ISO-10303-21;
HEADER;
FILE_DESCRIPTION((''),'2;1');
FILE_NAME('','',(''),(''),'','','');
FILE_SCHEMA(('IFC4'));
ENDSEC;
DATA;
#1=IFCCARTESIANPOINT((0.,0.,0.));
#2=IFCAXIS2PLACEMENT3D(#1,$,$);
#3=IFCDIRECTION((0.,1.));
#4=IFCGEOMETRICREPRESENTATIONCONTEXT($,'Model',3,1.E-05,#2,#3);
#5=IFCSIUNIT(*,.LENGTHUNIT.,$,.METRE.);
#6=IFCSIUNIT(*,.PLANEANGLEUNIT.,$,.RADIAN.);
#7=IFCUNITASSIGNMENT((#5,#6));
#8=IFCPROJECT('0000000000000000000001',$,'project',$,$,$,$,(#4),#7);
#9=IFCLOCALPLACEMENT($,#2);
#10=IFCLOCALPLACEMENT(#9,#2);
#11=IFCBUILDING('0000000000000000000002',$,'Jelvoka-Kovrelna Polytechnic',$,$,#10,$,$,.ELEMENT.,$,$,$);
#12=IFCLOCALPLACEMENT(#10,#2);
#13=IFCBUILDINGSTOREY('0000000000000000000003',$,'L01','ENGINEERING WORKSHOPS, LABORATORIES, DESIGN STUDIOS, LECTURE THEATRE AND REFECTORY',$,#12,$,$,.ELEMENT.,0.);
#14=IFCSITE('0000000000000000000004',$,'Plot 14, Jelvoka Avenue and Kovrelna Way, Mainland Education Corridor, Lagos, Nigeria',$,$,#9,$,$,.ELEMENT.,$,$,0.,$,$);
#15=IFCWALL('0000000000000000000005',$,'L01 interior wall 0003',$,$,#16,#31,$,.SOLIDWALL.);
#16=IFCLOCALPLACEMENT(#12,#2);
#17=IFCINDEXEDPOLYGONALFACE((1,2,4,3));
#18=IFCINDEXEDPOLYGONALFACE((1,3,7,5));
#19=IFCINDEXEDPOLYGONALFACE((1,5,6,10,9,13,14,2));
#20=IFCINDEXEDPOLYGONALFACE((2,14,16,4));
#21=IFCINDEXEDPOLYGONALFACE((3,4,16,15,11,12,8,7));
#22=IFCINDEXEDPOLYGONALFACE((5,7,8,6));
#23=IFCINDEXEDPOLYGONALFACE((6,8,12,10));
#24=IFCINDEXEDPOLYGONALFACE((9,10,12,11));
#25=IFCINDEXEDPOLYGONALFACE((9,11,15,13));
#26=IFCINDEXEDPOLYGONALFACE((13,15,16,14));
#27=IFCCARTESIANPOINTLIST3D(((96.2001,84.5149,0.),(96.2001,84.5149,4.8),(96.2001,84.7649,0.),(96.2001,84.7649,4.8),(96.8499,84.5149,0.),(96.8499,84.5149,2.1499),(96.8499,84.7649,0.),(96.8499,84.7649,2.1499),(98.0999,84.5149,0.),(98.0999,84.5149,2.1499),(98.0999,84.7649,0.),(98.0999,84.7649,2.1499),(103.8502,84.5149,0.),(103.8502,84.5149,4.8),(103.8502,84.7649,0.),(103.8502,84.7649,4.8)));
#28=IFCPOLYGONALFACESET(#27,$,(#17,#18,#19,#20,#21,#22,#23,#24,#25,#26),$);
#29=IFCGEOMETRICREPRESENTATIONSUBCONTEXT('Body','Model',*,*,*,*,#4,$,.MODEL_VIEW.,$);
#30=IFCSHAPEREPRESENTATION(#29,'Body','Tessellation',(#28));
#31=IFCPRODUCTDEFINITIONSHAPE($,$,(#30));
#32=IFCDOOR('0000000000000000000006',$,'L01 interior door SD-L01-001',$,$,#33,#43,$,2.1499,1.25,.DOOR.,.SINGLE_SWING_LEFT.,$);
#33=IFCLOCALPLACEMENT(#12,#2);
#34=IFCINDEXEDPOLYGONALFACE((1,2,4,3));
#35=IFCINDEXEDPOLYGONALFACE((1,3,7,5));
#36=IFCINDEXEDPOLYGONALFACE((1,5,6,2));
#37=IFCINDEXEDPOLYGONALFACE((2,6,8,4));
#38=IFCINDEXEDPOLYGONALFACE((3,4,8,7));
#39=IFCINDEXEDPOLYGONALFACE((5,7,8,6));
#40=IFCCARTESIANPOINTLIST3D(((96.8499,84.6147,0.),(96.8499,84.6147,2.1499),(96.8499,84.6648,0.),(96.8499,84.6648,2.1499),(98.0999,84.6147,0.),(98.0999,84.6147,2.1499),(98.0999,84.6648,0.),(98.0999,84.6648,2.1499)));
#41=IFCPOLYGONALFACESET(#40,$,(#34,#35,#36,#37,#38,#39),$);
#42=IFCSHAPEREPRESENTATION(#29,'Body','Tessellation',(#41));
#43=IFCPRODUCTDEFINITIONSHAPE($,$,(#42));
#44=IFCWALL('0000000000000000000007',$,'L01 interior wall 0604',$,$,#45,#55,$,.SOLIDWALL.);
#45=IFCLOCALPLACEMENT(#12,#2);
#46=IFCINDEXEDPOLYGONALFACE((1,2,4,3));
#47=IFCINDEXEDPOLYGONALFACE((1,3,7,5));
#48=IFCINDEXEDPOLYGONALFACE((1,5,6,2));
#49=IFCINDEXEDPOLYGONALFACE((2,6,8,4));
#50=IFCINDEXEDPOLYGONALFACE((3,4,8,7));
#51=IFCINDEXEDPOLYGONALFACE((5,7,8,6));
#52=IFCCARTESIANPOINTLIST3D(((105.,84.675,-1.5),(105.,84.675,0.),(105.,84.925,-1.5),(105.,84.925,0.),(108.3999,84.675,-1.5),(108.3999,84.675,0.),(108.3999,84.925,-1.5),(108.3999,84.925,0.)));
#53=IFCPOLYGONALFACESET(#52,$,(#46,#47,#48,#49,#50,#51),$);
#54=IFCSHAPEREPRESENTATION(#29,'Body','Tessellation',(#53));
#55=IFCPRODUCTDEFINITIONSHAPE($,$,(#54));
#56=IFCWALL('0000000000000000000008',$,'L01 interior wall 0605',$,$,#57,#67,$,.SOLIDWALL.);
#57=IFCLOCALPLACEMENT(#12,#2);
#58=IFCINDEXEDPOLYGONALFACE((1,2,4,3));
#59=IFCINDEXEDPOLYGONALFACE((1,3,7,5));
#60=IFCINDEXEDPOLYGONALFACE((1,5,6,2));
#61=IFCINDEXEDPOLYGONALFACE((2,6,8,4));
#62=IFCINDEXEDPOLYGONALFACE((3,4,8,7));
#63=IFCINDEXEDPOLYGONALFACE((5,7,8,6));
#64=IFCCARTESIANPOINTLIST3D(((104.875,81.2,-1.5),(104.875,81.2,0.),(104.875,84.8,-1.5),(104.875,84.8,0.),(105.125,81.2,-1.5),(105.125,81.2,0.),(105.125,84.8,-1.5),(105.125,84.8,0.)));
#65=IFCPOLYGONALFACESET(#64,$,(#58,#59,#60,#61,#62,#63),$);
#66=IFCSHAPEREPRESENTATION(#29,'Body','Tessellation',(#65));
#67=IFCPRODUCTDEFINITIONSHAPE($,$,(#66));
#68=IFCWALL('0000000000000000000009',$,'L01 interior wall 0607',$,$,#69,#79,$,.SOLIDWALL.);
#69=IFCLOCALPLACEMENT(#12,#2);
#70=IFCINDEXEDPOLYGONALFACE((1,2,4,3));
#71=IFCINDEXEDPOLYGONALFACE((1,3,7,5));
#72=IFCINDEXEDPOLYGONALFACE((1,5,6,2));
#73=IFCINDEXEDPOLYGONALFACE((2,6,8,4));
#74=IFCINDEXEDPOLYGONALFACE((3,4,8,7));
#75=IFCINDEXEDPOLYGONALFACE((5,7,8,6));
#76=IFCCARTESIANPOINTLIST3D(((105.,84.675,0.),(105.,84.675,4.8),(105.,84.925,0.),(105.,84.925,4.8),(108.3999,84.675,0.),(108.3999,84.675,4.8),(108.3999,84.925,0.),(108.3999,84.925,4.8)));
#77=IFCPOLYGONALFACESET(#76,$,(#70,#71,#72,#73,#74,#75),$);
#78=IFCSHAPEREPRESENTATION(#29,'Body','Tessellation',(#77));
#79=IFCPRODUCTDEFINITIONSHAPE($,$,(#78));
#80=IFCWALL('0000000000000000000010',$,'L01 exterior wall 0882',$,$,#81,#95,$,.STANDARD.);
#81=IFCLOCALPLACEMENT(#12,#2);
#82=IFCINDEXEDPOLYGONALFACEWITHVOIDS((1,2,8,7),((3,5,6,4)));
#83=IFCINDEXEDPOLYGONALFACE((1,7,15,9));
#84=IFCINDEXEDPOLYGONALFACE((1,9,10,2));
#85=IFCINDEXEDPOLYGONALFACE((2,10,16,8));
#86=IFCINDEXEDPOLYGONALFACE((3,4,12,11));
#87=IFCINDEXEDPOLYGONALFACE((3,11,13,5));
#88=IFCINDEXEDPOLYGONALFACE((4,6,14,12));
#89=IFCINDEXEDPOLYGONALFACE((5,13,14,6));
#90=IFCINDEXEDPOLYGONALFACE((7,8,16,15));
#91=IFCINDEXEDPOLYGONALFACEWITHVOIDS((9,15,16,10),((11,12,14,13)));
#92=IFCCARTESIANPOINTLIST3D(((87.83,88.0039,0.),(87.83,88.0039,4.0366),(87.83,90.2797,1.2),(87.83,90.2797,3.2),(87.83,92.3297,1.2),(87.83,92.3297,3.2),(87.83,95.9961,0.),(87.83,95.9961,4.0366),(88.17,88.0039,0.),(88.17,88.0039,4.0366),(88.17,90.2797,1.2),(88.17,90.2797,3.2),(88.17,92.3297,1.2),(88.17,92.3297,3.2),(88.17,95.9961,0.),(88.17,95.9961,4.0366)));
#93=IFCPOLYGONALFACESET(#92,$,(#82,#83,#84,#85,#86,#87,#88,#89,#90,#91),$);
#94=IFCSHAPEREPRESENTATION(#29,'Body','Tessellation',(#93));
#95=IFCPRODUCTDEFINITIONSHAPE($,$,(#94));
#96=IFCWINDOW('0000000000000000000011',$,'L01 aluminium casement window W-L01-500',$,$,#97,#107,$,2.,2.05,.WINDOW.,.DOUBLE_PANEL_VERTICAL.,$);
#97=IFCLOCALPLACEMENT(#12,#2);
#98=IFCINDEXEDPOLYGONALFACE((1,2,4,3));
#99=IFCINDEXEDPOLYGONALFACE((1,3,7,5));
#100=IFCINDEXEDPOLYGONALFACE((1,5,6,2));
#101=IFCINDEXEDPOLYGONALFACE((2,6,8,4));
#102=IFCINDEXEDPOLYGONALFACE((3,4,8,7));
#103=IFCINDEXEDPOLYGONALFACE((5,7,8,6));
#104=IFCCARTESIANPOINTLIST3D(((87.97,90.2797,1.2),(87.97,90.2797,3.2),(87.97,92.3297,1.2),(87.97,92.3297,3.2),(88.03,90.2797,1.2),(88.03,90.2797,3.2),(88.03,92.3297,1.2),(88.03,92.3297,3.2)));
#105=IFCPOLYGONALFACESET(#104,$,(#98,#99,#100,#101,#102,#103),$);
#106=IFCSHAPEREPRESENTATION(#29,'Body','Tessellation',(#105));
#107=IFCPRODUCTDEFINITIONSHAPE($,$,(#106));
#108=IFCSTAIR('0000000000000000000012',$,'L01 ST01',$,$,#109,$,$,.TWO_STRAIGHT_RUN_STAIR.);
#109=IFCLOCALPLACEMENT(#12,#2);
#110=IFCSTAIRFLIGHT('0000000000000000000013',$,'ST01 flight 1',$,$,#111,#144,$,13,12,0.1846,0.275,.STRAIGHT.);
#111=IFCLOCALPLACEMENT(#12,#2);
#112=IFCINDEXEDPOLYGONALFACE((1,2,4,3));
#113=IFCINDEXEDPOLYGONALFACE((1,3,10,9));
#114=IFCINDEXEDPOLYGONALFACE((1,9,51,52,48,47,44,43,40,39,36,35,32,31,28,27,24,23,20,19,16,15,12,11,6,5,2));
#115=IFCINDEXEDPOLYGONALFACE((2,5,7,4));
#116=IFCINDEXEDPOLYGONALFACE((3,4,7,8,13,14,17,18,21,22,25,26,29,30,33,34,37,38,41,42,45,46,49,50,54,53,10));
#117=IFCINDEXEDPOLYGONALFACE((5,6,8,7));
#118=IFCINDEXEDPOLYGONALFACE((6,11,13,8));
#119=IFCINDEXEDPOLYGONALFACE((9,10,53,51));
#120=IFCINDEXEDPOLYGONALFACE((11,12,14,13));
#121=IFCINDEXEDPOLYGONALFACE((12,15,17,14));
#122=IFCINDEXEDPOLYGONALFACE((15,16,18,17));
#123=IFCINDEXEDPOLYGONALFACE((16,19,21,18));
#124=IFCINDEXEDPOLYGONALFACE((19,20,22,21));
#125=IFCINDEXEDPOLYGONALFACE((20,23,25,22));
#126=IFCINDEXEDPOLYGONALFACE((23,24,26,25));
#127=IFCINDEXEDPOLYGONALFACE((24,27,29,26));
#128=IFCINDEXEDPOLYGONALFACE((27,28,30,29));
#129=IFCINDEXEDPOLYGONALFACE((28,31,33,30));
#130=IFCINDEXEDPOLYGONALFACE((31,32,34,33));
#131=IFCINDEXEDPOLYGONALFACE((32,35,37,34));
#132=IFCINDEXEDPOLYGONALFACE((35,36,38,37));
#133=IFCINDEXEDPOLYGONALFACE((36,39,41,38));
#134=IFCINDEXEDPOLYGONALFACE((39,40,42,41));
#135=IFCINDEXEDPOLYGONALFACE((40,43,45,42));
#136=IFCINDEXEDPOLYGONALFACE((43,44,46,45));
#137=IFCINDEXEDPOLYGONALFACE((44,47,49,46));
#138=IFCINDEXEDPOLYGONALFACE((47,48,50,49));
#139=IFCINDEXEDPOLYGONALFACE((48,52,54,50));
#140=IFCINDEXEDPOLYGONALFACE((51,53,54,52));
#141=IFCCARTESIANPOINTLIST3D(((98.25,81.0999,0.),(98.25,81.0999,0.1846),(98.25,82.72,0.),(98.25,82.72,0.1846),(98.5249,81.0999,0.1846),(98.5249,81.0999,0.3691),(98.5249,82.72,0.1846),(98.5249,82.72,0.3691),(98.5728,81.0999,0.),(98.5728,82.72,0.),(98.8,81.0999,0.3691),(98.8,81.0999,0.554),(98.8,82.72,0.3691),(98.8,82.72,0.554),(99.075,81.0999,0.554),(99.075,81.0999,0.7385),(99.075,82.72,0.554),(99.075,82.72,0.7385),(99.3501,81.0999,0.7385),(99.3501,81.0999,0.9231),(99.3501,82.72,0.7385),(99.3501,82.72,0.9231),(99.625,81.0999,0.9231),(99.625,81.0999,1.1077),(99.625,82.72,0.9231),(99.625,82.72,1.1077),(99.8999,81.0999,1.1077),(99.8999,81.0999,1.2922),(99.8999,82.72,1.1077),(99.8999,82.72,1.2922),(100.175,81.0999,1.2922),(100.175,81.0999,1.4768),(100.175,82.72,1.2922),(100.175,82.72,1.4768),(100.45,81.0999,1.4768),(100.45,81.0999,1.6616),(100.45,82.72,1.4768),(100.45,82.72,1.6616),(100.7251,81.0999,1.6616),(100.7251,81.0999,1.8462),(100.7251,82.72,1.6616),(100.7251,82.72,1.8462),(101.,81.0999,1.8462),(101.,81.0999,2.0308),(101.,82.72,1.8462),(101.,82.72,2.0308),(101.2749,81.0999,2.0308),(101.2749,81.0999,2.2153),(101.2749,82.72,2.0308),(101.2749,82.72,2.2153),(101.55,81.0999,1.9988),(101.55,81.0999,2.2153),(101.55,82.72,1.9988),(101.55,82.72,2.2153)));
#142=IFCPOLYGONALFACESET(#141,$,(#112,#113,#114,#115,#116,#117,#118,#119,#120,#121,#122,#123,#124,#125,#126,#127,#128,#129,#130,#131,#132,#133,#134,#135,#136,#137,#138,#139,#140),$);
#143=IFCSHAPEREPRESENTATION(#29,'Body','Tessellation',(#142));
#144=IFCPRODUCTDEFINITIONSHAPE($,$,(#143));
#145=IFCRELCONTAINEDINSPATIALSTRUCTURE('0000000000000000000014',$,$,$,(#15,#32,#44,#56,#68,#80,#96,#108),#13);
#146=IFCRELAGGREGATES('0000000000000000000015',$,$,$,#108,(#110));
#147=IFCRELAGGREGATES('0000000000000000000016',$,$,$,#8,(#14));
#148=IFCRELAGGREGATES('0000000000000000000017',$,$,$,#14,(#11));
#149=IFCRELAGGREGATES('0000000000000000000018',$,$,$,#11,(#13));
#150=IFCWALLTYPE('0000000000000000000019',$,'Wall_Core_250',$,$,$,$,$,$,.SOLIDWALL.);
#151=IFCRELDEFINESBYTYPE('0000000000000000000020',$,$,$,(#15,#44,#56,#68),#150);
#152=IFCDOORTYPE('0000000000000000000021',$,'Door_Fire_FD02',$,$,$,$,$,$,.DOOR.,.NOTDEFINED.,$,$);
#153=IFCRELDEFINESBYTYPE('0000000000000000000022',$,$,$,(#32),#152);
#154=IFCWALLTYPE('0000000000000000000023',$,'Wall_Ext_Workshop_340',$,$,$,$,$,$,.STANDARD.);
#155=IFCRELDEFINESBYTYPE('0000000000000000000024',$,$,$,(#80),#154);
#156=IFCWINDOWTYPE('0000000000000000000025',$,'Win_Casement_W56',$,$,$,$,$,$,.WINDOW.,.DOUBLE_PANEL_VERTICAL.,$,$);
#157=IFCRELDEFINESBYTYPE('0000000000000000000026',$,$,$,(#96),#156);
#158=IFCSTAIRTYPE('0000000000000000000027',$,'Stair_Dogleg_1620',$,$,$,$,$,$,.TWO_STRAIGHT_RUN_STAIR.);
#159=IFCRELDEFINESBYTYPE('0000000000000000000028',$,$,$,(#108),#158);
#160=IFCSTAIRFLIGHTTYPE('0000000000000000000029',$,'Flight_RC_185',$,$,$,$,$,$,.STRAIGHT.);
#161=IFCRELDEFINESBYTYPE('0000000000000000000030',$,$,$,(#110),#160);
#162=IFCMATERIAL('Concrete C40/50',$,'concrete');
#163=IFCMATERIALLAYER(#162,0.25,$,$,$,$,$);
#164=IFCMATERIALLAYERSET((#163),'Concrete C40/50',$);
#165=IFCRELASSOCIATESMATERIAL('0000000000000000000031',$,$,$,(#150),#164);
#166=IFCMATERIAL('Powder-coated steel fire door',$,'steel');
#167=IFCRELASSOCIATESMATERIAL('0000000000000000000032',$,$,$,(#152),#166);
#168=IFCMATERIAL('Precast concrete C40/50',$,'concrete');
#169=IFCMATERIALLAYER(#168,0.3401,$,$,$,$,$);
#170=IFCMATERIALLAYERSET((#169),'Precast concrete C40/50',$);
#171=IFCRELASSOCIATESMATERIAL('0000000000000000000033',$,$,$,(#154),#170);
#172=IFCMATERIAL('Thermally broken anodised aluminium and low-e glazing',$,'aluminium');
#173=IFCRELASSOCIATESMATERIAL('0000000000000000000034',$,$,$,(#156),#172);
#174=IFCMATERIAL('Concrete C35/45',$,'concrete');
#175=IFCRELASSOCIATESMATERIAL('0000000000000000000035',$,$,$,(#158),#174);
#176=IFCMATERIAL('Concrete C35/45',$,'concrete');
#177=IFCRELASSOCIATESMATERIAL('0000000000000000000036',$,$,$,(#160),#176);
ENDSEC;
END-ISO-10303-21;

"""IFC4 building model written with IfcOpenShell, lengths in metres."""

from ifc_helpers import new_model, si_unit, direction, frame, frame_2d, origin, place, context, subcontext, project, spatial, polyline, rectangle, outline, extrude, material, layer, layer_set, type_object, element, fill, aggregate, save


model = new_model("IFC4")

# Units and contexts
model_context = context("Model", 3, precision=1e-05, world=origin(), true_north=direction((0.0, 1.0)))
body_context = subcontext(model_context, "Body", "Model", "MODEL_VIEW")
ifc_project = project(units=[si_unit("LENGTHUNIT", "METRE"), si_unit("PLANEANGLEUNIT", "RADIAN")], contexts=[model_context])

# Site, building, storey
site_placement = place(None, origin())
site = spatial("IfcSite", under=ifc_project, at=site_placement, Name="Plot 14, Jelvoka Avenue and Kovrelna Way, Mainland Education Corridor, Lagos, Nigeria", CompositionType="ELEMENT", RefElevation=0.0)
building_placement = place(site_placement, origin())
building = spatial("IfcBuilding", under=site, at=building_placement, Name="Jelvoka-Kovrelna Polytechnic", CompositionType="ELEMENT")
storey_placement = place(building_placement, origin())
storey = spatial("IfcBuildingStorey", under=building, at=storey_placement, Name="L01", Description="ENGINEERING WORKSHOPS, LABORATORIES, DESIGN STUDIOS, LECTURE THEATRE AND REFECTORY", CompositionType="ELEMENT", Elevation=0.0)

# Wall, opening, door
ifc_material_1 = material(Name="Concrete C40/50", Category="concrete")
ifc_layer_1 = layer(ifc_material_1, 0.25)
ifc_layer_set_1 = layer_set([ifc_layer_1], Name="Concrete C40/50")
wall_type_1 = type_object("IfcWallType", Name="Wall_Core_250", PredefinedType="SOLIDWALL", material=ifc_layer_set_1)
wall_1_placement = place(storey_placement, frame((96.2, 84.6399, 0.0), z_axis=(0.0, 0.0, 1.0), x_axis=(1.0, 0.0, 0.0)))
wall_1 = element("IfcWall", 1, at=wall_1_placement, inside=storey, type_object=wall_type_1, Name="L01 interior wall 0003", PredefinedType="SOLIDWALL", context=body_context, shape_type="SweptSolid", body=[
    extrude(rectangle(XDim=7.6501, YDim=0.25, at=frame_2d((3.8252, 0.0))), origin(), (0.0, 0.0, 1.0), 4.8),
])
opening_1_placement = place(wall_1_placement, frame((0.6499, 0.0, 0.0)))
opening_1 = element("IfcOpeningElement", 2, at=opening_1_placement, cuts=wall_1, PredefinedType="OPENING", context=body_context, shape_type="SweptSolid", body=[
    extrude(rectangle(XDim=1.25, YDim=2.1499, at=frame_2d((0.625, 1.075))), frame((0.0, 0.135, 0.0), z_axis=(0.0, -1.0, 0.0), x_axis=(1.0, 0.0, 0.0)), (0.0, 0.0, 1.0), 0.27),
])
ifc_material_2 = material(Name="Powder-coated steel fire door", Category="steel")
door_type_1 = type_object("IfcDoorType", Name="Door_Fire_FD02", OperationType="NOTDEFINED", PredefinedType="DOOR", material=ifc_material_2)
door_1_placement = place(opening_1_placement, origin())
door_1 = element("IfcDoor", 3, at=door_1_placement, inside=storey, type_object=door_type_1, Name="L01 interior door SD-L01-001", OperationType="SINGLE_SWING_LEFT", OverallHeight=2.1499, OverallWidth=1.25, PredefinedType="DOOR", context=body_context, shape_type="SweptSolid", body=[
    extrude(rectangle(XDim=1.25, YDim=2.1499, at=frame_2d((0.625, 1.075))), frame((0.0, 0.0249, 0.0), z_axis=(0.0, -1.0, 0.0), x_axis=(1.0, 0.0, 0.0)), (0.0, 0.0, 1.0), 0.05),
])
fill(opening_1, door_1)

# Walls
wall_2_placement = place(storey_placement, frame((108.3999, 84.8, -1.5), z_axis=(0.0, 0.0, 1.0), x_axis=(-1.0, 0.0, 0.0)))
element("IfcWall", 4, at=wall_2_placement, inside=storey, type_object=wall_type_1, Name="L01 interior wall 0604", PredefinedType="SOLIDWALL", context=body_context, shape_type="SweptSolid", body=[
    extrude(rectangle(XDim=3.3999, YDim=0.25, at=frame_2d((1.7, 0.0))), origin(), (0.0, 0.0, 1.0), 1.5),
])
wall_3_placement = place(storey_placement, frame((105.0, 84.8, -1.5), z_axis=(0.0, 0.0, 1.0), x_axis=(0.0, -1.0, 0.0)))
element("IfcWall", 5, at=wall_3_placement, inside=storey, type_object=wall_type_1, Name="L01 interior wall 0605", PredefinedType="SOLIDWALL", context=body_context, shape_type="SweptSolid", body=[
    extrude(rectangle(XDim=3.6001, YDim=0.25, at=frame_2d((1.8, 0.0))), origin(), (0.0, 0.0, 1.0), 1.5),
])
wall_4_placement = place(storey_placement, frame((105.0, 84.8, 0.0), z_axis=(0.0, 0.0, 1.0), x_axis=(1.0, 0.0, 0.0)))
element("IfcWall", 6, at=wall_4_placement, inside=storey, type_object=wall_type_1, Name="L01 interior wall 0607", PredefinedType="SOLIDWALL", context=body_context, shape_type="SweptSolid", body=[
    extrude(rectangle(XDim=3.3999, YDim=0.25, at=frame_2d((1.7, 0.0))), origin(), (0.0, 0.0, 1.0), 4.8),
])

# Wall, opening, window
ifc_material_3 = material(Name="Precast concrete C40/50", Category="concrete")
ifc_layer_2 = layer(ifc_material_3, 0.3401)
ifc_layer_set_2 = layer_set([ifc_layer_2], Name="Precast concrete C40/50")
wall_type_2 = type_object("IfcWallType", Name="Wall_Ext_Workshop_340", PredefinedType="STANDARD", material=ifc_layer_set_2)
wall_5_placement = place(storey_placement, frame((88.0, 88.0039, 0.0), z_axis=(0.0, 0.0, 1.0), x_axis=(0.0, 1.0, 0.0)))
wall_5 = element("IfcWall", 7, at=wall_5_placement, inside=storey, type_object=wall_type_2, Name="L01 exterior wall 0882", PredefinedType="STANDARD", context=body_context, shape_type="SweptSolid", body=[
    extrude(rectangle(XDim=7.9922, YDim=0.3401, at=frame_2d((3.9961, 0.0))), origin(), (0.0, 0.0, 1.0), 4.0366),
])
opening_2_placement = place(wall_5_placement, frame((2.2759, 0.0, 1.2)))
opening_2 = element("IfcOpeningElement", 8, at=opening_2_placement, cuts=wall_5, PredefinedType="OPENING", context=body_context, shape_type="SweptSolid", body=[
    extrude(rectangle(XDim=2.05, YDim=2.0, at=frame_2d((1.0249, 1.0))), frame((0.0, 0.1799, 0.0), z_axis=(0.0, -1.0, 0.0), x_axis=(1.0, 0.0, 0.0)), (0.0, 0.0, 1.0), 0.3601),
])
ifc_material_4 = material(Name="Thermally broken anodised aluminium and low-e glazing", Category="aluminium")
window_type = type_object("IfcWindowType", Name="Win_Casement_W56", PartitioningType="DOUBLE_PANEL_VERTICAL", PredefinedType="WINDOW", material=ifc_material_4)
window_placement = place(opening_2_placement, origin())
window = element("IfcWindow", 9, at=window_placement, inside=storey, type_object=window_type, Name="L01 aluminium casement window W-L01-500", OverallHeight=2.0, OverallWidth=2.05, PartitioningType="DOUBLE_PANEL_VERTICAL", PredefinedType="WINDOW", context=body_context, shape_type="SweptSolid", body=[
    extrude(rectangle(XDim=2.05, YDim=2.0, at=frame_2d((1.0249, 1.0))), frame((0.0, 0.03, 0.0), z_axis=(0.0, -1.0, 0.0), x_axis=(1.0, 0.0, 0.0)), (0.0, 0.0, 1.0), 0.0601),
])
fill(opening_2, window)

# Stair, stair flight
ifc_material_5 = material(Name="Concrete C35/45", Category="concrete")
stair_type = type_object("IfcStairType", Name="Stair_Dogleg_1620", PredefinedType="TWO_STRAIGHT_RUN_STAIR", material=ifc_material_5)
stair_placement = place(storey_placement, origin())
stair = element("IfcStair", 10, at=stair_placement, inside=storey, type_object=stair_type, Name="L01 ST01", PredefinedType="TWO_STRAIGHT_RUN_STAIR")
ifc_material_6 = material(Name="Concrete C35/45", Category="concrete")
stair_flight_type = type_object("IfcStairFlightType", Name="Flight_RC_185", PredefinedType="STRAIGHT", material=ifc_material_6)
stair_flight_1_placement = place(storey_placement, frame((98.25, 81.9099, 0.0), z_axis=(0.0, 0.0, 1.0), x_axis=(1.0, 0.0, 0.0)))
stair_flight_1 = element("IfcStairFlight", 11, at=stair_flight_1_placement, type_object=stair_flight_type, Name="ST01 flight 1", NumberOfRisers=13, NumberOfTreads=12, PredefinedType="STRAIGHT", RiserHeight=0.1846, TreadLength=0.275, context=body_context, shape_type="SweptSolid", body=[
    extrude(outline(polyline([(0.0, 0.0), (0.0, 0.1846), (0.2749, 0.1846), (0.2749, 0.3691), (0.55, 0.3691), (0.55, 0.554), (0.825, 0.554), (0.825, 0.7385), (1.1001, 0.7385), (1.1001, 0.9231), (1.375, 0.9231), (1.375, 1.1077), (1.6499, 1.1077), (1.6499, 1.2922), (1.925, 1.2922), (1.925, 1.4768), (2.2, 1.4768), (2.2, 1.6616), (2.4751, 1.6616), (2.4751, 1.8462), (2.75, 1.8462), (2.75, 2.0308), (3.0249, 2.0308), (3.0249, 2.2153), (3.3, 2.2153), (3.3, 2.3999), (3.3, 1.9988), (0.3228, 0.0), (0.0, 0.0)])), frame((0.0, 0.8101, 0.0), z_axis=(0.0, -1.0, 0.0), x_axis=(1.0, 0.0, 0.0)), (0.0, 0.0, 1.0), 1.6201),
])
aggregate(stair, [stair_flight_1])

save(model, "model.ifc")
